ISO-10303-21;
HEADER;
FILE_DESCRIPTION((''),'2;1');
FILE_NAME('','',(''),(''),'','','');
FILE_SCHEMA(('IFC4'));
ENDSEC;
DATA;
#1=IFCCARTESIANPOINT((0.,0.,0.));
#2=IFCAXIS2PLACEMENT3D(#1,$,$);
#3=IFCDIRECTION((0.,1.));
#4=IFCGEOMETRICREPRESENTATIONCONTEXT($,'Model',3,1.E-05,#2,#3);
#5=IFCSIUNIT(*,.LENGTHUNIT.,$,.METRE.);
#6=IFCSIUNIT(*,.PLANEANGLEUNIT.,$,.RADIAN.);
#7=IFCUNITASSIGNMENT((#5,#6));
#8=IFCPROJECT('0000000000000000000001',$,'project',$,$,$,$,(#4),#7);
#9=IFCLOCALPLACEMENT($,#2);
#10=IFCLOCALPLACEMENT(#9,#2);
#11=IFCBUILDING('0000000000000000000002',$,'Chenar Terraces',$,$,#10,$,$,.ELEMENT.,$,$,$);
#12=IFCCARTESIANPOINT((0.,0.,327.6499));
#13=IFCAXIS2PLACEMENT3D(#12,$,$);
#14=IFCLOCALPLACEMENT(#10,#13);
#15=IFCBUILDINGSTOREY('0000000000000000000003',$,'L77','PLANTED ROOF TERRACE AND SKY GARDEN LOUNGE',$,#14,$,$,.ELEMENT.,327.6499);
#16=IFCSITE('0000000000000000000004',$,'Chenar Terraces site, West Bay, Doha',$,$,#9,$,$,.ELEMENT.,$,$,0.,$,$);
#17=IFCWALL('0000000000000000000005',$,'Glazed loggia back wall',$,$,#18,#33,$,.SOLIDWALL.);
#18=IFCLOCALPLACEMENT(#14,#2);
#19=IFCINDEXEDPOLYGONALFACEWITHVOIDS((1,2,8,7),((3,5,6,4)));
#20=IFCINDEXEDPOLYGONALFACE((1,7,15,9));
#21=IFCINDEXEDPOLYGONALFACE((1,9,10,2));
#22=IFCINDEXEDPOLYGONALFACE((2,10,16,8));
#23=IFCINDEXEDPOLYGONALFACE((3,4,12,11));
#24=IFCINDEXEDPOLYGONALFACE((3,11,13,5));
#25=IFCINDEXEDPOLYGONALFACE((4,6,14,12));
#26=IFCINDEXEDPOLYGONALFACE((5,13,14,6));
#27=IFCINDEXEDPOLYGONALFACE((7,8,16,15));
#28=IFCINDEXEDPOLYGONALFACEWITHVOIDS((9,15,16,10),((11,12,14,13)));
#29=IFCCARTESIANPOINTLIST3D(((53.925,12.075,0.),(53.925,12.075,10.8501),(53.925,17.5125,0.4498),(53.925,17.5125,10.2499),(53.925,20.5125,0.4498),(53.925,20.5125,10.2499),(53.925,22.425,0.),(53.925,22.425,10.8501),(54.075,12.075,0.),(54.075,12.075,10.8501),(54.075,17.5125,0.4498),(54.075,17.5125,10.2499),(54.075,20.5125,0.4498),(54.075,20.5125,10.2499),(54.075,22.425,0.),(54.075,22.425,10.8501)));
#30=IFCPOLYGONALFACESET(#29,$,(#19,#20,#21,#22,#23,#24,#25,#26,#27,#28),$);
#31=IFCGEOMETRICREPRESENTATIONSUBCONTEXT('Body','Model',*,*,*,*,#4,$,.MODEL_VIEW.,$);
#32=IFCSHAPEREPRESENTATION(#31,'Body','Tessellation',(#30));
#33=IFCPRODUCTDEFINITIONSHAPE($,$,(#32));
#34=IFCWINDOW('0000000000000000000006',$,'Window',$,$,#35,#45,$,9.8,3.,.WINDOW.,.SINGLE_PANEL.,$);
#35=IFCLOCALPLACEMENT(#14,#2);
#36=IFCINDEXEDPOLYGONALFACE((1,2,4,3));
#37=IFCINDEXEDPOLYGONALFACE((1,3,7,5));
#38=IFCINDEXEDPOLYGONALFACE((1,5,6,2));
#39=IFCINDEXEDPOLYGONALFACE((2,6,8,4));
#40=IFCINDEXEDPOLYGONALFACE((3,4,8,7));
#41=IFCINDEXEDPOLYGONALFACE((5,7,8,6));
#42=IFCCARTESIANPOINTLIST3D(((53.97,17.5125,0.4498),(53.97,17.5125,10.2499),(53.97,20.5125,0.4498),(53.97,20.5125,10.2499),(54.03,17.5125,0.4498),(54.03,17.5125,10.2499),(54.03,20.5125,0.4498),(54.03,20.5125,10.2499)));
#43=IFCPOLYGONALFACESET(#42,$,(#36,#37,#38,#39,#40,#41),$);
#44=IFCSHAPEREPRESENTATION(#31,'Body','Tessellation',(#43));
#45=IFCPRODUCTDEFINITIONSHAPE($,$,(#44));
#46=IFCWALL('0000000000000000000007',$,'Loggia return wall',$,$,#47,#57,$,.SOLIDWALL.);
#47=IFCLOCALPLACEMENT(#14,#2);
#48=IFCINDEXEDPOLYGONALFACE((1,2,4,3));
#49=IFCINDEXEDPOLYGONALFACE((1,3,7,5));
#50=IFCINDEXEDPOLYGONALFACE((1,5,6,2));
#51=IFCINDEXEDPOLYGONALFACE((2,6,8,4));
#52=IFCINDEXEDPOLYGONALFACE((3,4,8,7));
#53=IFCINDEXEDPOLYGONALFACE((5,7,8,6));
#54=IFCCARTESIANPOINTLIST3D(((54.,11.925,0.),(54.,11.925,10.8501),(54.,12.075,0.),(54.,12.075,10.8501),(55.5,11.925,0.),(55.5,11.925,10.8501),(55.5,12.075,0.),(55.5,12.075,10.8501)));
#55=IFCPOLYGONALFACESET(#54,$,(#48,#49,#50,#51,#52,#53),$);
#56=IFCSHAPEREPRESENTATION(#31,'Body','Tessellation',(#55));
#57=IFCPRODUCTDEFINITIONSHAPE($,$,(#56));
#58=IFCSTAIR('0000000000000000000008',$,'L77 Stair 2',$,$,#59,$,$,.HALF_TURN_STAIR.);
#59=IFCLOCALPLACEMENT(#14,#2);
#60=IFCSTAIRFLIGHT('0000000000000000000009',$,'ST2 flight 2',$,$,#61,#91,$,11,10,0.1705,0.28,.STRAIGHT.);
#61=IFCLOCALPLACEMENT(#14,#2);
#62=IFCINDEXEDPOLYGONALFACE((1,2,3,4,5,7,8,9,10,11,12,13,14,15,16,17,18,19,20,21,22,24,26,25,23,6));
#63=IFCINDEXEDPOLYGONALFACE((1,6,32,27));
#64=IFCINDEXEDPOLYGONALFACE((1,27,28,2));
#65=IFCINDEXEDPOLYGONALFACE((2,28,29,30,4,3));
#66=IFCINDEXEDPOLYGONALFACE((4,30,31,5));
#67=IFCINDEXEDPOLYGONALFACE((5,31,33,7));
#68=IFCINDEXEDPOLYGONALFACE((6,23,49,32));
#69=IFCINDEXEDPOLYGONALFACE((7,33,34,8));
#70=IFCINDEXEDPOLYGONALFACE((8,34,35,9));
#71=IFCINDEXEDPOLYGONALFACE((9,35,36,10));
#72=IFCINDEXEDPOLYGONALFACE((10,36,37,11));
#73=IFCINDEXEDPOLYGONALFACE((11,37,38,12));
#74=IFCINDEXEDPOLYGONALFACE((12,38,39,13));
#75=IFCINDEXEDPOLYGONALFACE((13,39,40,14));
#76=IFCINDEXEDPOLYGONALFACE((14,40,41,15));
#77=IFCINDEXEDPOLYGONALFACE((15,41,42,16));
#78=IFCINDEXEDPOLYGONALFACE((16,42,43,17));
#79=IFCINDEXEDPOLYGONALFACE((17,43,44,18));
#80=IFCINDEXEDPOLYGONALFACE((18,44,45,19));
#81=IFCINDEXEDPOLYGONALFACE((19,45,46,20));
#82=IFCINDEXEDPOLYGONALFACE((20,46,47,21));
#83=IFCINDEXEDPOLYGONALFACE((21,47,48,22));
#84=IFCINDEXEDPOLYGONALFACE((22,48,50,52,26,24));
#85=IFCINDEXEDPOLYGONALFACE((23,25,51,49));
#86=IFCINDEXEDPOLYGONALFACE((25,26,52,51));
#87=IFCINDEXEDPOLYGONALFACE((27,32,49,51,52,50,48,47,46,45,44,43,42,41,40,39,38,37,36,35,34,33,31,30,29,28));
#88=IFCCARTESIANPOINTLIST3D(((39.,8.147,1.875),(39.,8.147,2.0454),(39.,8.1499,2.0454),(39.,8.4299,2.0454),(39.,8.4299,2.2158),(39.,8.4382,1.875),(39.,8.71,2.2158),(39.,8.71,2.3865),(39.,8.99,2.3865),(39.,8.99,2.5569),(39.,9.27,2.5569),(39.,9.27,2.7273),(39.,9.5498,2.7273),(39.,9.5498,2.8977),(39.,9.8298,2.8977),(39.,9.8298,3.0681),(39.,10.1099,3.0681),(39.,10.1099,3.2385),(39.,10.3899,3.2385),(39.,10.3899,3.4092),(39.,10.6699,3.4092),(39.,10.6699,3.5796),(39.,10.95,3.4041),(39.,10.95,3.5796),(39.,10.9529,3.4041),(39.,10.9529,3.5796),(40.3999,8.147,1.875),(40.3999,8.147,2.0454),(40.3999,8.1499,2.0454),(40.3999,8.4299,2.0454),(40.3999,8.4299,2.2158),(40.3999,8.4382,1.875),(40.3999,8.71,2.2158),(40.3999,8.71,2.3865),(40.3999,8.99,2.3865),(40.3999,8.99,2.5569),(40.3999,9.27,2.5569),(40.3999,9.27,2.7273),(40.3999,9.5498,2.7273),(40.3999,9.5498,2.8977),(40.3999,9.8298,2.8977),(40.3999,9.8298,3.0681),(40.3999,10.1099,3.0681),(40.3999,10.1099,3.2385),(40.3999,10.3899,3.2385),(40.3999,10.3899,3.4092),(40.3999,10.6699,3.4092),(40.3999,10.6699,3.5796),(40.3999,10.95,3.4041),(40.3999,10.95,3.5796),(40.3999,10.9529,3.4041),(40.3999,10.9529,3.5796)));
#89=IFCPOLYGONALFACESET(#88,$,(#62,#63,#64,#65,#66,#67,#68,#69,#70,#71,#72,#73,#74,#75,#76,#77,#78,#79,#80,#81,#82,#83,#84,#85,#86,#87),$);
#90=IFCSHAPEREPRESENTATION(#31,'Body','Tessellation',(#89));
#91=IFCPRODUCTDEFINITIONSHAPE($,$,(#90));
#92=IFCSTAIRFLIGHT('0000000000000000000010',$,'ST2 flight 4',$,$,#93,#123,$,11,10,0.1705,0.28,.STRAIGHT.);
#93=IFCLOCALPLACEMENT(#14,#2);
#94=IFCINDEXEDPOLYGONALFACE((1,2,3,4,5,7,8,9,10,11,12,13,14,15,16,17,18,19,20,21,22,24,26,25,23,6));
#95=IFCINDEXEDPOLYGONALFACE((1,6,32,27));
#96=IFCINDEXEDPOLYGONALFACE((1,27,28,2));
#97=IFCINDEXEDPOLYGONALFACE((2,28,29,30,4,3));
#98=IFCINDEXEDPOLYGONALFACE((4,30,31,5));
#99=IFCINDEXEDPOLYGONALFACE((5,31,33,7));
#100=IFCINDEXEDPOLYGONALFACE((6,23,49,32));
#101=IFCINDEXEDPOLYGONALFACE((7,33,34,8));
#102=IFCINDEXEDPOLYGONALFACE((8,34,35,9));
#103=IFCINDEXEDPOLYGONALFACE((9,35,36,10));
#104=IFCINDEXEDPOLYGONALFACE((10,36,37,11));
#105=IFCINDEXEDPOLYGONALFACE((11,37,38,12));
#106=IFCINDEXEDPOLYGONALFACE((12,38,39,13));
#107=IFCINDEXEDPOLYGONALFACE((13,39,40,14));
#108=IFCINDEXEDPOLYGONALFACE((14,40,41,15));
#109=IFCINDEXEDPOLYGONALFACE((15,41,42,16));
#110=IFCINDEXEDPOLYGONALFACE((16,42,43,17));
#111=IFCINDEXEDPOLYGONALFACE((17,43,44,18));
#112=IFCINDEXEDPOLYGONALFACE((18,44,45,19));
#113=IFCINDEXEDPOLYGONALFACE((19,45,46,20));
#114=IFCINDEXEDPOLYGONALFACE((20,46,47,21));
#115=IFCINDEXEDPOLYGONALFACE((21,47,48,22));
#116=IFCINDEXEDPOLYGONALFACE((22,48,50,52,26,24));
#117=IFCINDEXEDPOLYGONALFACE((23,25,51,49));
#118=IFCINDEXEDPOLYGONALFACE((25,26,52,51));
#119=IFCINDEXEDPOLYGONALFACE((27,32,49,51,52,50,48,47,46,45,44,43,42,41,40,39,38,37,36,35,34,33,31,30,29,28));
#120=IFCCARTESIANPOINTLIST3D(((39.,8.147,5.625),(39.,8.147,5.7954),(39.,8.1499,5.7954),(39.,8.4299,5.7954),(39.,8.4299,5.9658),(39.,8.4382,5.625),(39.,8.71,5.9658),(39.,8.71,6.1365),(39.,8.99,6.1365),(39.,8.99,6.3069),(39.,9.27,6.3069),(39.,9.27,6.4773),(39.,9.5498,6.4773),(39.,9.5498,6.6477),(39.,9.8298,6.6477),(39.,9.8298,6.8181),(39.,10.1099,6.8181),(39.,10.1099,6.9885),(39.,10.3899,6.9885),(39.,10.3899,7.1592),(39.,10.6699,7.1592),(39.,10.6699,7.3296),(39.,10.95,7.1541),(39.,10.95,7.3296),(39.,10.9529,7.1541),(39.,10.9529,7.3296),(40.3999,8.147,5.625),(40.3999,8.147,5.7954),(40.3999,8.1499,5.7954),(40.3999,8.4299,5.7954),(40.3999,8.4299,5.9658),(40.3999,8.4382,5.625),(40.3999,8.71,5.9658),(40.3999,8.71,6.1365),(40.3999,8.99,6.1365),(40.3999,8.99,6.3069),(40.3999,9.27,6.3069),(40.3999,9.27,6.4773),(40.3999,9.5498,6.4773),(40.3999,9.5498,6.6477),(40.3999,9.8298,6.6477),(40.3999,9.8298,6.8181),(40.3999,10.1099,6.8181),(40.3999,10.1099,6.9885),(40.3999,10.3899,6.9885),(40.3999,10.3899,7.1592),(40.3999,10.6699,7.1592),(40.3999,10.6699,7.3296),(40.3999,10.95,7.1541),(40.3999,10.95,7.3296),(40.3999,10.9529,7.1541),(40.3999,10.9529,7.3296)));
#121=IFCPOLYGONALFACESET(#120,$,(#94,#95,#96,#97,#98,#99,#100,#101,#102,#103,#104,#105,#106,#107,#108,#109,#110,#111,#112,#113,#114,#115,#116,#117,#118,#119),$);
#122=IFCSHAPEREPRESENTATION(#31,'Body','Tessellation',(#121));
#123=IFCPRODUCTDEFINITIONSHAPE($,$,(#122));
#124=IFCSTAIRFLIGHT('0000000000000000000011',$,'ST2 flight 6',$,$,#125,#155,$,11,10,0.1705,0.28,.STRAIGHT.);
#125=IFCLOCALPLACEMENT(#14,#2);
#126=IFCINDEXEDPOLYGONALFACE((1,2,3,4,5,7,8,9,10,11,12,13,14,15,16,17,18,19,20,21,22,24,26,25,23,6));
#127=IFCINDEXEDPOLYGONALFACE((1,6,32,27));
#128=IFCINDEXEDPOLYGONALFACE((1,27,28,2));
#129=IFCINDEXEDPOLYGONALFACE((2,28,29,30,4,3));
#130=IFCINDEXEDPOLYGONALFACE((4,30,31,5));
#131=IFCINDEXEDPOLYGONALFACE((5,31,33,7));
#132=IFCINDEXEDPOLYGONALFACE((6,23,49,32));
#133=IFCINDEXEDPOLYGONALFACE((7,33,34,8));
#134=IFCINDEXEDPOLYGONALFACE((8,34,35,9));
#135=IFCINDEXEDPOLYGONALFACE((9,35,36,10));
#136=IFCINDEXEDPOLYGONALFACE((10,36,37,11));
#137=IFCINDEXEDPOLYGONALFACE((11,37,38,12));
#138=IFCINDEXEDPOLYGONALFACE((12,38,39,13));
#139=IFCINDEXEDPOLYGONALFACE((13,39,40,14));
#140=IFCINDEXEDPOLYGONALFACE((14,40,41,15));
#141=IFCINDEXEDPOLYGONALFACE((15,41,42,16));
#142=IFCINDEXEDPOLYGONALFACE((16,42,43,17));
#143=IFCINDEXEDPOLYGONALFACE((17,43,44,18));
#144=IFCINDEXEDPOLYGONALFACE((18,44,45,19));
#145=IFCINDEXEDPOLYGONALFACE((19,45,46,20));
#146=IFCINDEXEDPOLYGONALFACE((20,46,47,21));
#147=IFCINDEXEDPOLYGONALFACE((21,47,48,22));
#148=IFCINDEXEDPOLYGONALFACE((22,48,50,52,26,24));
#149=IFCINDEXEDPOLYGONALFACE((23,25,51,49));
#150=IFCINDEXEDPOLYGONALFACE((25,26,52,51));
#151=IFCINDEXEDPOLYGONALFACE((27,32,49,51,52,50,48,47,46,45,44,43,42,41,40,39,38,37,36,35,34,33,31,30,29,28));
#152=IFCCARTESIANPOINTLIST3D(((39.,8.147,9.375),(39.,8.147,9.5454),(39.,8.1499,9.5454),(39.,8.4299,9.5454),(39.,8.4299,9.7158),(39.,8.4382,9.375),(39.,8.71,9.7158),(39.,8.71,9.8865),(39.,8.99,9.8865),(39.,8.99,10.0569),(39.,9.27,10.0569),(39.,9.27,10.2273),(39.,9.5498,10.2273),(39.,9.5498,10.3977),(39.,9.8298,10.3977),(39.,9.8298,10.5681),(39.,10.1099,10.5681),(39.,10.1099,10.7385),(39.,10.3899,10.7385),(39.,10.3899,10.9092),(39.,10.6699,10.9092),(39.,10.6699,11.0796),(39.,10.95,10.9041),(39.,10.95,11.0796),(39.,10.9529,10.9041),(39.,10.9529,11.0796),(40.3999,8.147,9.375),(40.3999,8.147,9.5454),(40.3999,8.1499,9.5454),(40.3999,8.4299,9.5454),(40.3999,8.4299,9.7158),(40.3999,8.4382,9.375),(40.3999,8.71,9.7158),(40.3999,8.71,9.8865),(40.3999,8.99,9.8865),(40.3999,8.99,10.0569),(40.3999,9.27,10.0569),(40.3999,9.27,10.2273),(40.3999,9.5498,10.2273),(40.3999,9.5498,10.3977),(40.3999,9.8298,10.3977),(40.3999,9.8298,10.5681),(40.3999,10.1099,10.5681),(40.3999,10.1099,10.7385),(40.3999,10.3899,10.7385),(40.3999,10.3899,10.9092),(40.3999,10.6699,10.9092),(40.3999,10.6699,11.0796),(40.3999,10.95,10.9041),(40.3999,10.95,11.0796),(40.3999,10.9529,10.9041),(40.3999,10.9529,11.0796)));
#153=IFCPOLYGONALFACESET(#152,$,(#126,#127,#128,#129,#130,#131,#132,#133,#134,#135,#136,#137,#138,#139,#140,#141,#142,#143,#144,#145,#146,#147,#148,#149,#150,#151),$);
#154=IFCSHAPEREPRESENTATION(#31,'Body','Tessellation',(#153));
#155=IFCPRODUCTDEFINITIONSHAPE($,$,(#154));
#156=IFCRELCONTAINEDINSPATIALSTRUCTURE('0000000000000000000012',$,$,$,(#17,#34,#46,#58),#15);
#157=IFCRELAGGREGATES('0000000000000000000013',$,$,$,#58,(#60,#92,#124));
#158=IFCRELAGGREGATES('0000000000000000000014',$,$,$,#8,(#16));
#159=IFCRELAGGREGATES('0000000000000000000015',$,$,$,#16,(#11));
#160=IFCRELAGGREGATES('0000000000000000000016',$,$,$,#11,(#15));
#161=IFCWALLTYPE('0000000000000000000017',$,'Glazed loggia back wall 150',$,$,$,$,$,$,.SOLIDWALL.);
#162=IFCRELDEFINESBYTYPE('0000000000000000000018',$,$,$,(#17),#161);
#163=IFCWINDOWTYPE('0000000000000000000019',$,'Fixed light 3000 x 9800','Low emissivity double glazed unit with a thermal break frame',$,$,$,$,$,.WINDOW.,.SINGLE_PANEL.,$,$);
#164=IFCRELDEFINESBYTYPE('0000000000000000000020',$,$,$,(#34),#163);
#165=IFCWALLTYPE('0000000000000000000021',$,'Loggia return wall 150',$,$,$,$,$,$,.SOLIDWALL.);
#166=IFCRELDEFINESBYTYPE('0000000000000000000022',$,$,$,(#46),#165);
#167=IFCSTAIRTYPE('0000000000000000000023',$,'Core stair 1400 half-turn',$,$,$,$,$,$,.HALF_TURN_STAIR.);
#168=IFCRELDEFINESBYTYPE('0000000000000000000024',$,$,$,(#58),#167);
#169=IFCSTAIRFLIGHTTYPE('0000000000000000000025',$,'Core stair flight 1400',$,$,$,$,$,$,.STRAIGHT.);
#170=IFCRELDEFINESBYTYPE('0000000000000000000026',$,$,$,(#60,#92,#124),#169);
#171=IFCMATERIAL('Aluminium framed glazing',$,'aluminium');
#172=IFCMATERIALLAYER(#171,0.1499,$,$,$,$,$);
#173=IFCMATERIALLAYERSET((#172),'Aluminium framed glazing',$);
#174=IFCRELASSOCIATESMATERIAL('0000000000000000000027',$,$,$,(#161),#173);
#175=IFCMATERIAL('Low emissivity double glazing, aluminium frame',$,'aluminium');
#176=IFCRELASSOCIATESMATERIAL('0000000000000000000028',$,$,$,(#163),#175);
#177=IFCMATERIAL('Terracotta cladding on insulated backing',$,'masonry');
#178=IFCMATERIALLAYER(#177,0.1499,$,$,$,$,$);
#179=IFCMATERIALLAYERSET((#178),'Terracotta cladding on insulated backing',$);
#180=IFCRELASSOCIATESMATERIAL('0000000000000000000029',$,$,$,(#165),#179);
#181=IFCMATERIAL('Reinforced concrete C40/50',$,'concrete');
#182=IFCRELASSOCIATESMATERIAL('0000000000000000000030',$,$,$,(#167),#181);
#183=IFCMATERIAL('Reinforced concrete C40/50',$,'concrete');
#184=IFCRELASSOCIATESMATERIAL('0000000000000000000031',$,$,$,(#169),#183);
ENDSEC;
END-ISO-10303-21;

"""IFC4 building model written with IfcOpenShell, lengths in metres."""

from ifc_helpers import new_model, si_unit, direction, frame, frame_2d, origin, place, context, subcontext, project, spatial, polyline, rectangle, outline, extrude, material, layer, layer_set, type_object, element, fill, aggregate, save


model = new_model("IFC4")

# Units and contexts
model_context = context("Model", 3, precision=1e-05, world=origin(), true_north=direction((0.0, 1.0)))
body_context = subcontext(model_context, "Body", "Model", "MODEL_VIEW")
ifc_project = project(units=[si_unit("LENGTHUNIT", "METRE"), si_unit("PLANEANGLEUNIT", "RADIAN")], contexts=[model_context])

# Site, building, storey
site_placement = place(None, origin())
site = spatial("IfcSite", under=ifc_project, at=site_placement, Name="Chenar Terraces site, West Bay, Doha", CompositionType="ELEMENT", RefElevation=0.0)
building_placement = place(site_placement, origin())
building = spatial("IfcBuilding", under=site, at=building_placement, Name="Chenar Terraces", CompositionType="ELEMENT")
storey_placement = place(building_placement, frame((0.0, 0.0, 327.6499)))
storey = spatial("IfcBuildingStorey", under=building, at=storey_placement, Name="L77", Description="PLANTED ROOF TERRACE AND SKY GARDEN LOUNGE", CompositionType="ELEMENT", Elevation=327.6499)

# Shared definitions
placement = place(storey_placement, origin())

# Wall, opening, window
ifc_material_1 = material(Name="Aluminium framed glazing", Category="aluminium")
ifc_layer_1 = layer(ifc_material_1, 0.1499)
ifc_layer_set_1 = layer_set([ifc_layer_1], Name="Aluminium framed glazing")
wall_type_1 = type_object("IfcWallType", Name="Glazed loggia back wall 150", PredefinedType="SOLIDWALL", material=ifc_layer_set_1)
wall_1_placement = place(storey_placement, frame((54.0, 12.075, 0.0), z_axis=(0.0, 0.0, 1.0), x_axis=(0.0, 1.0, 0.0)))
wall_1 = element("IfcWall", 1, at=wall_1_placement, inside=storey, type_object=wall_type_1, Name="Glazed loggia back wall", PredefinedType="SOLIDWALL", context=body_context, shape_type="SweptSolid", body=[
    extrude(rectangle(XDim=10.3501, YDim=0.1499, at=frame_2d((5.175, 0.0))), origin(), (0.0, 0.0, 1.0), 10.8501),
])
opening_1_placement = place(wall_1_placement, frame((5.4375, 0.0, 0.45)))
opening_1 = element("IfcOpeningElement", 2, at=opening_1_placement, cuts=wall_1, PredefinedType="OPENING", context=body_context, shape_type="SweptSolid", body=[
    extrude(rectangle(XDim=3.0, YDim=9.8, at=frame_2d((1.5, 4.8999))), frame((0.0, 0.085, 0.0), z_axis=(0.0, -1.0, 0.0), x_axis=(1.0, 0.0, 0.0)), (0.0, 0.0, 1.0), 0.1699),
])
ifc_material_2 = material(Name="Low emissivity double glazing, aluminium frame", Category="aluminium")
window_type = type_object("IfcWindowType", Name="Fixed light 3000 x 9800", Description="Low emissivity double glazed unit with a thermal break frame", PartitioningType="SINGLE_PANEL", PredefinedType="WINDOW", material=ifc_material_2)
window_placement = place(opening_1_placement, origin())
window = element("IfcWindow", 3, at=window_placement, inside=storey, type_object=window_type, Name="Window", OverallHeight=9.8, OverallWidth=3.0, PartitioningType="SINGLE_PANEL", PredefinedType="WINDOW", context=body_context, shape_type="SweptSolid", body=[
    extrude(rectangle(XDim=3.0, YDim=9.8, at=frame_2d((1.5, 4.8999))), frame((0.0, 0.03, 0.0), z_axis=(0.0, -1.0, 0.0), x_axis=(1.0, 0.0, 0.0)), (0.0, 0.0, 1.0), 0.0601),
])
fill(opening_1, window)

# Wall
ifc_material_3 = material(Name="Terracotta cladding on insulated backing", Category="masonry")
ifc_layer_2 = layer(ifc_material_3, 0.1499)
ifc_layer_set_2 = layer_set([ifc_layer_2], Name="Terracotta cladding on insulated backing")
wall_type_2 = type_object("IfcWallType", Name="Loggia return wall 150", PredefinedType="SOLIDWALL", material=ifc_layer_set_2)
wall_2_placement = place(storey_placement, frame((55.5, 12.0, 0.0), z_axis=(0.0, 0.0, 1.0), x_axis=(-1.0, 0.0, 0.0)))
element("IfcWall", 4, at=wall_2_placement, inside=storey, type_object=wall_type_2, Name="Loggia return wall", PredefinedType="SOLIDWALL", context=body_context, shape_type="SweptSolid", body=[
    extrude(rectangle(XDim=1.5, YDim=0.1499, at=frame_2d((0.75, 0.0))), origin(), (0.0, 0.0, 1.0), 10.8501),
])

# Stair, stair flights
ifc_material_4 = material(Name="Reinforced concrete C40/50", Category="concrete")
stair_type = type_object("IfcStairType", Name="Core stair 1400 half-turn", PredefinedType="HALF_TURN_STAIR", material=ifc_material_4)
stair = element("IfcStair", 5, at=placement, inside=storey, type_object=stair_type, Name="L77 Stair 2", PredefinedType="HALF_TURN_STAIR")
ifc_material_5 = material(Name="Reinforced concrete C40/50", Category="concrete")
stair_flight_type = type_object("IfcStairFlightType", Name="Core stair flight 1400", PredefinedType="STRAIGHT", material=ifc_material_5)
stair_flight_1_placement = place(storey_placement, frame((39.7, 8.1499, 1.875), z_axis=(0.0, 0.0, 1.0), x_axis=(0.0, 1.0, 0.0)))
stair_flight_1 = element("IfcStairFlight", 6, at=stair_flight_1_placement, type_object=stair_flight_type, Name="ST2 flight 2", NumberOfRisers=11, NumberOfTreads=10, PredefinedType="STRAIGHT", RiserHeight=0.1705, TreadLength=0.28, context=body_context, shape_type="SweptSolid", body=[
    extrude(outline(polyline([(-0.0029, 0.0), (-0.0029, 0.1704), (0.0, 0.1704), (0.28, 0.1704), (0.28, 0.3408), (0.5601, 0.3408), (0.5601, 0.5115), (0.8401, 0.5115), (0.8401, 0.6819), (1.1201, 0.6819), (1.1201, 0.8523), (1.3999, 0.8523), (1.3999, 1.0227), (1.6799, 1.0227), (1.6799, 1.1931), (1.96, 1.1931), (1.96, 1.3635), (2.24, 1.3635), (2.24, 1.5342), (2.52, 1.5342), (2.52, 1.7046), (2.8, 1.7046), (2.803, 1.7046), (2.803, 1.5291), (2.8, 1.5291), (0.2883, 0.0), (-0.0029, 0.0)])), frame((0.0, 0.7, 0.0), z_axis=(0.0, -1.0, 0.0), x_axis=(1.0, 0.0, 0.0)), (0.0, 0.0, 1.0), 1.3999),
])
stair_flight_2_placement = place(storey_placement, frame((39.7, 8.1499, 5.625), z_axis=(0.0, 0.0, 1.0), x_axis=(0.0, 1.0, 0.0)))
stair_flight_2 = element("IfcStairFlight", 7, at=stair_flight_2_placement, type_object=stair_flight_type, Name="ST2 flight 4", NumberOfRisers=11, NumberOfTreads=10, PredefinedType="STRAIGHT", RiserHeight=0.1705, TreadLength=0.28, context=body_context, shape_type="SweptSolid", body=[
    extrude(outline(polyline([(-0.0029, 0.0), (-0.0029, 0.1704), (0.0, 0.1704), (0.28, 0.1704), (0.28, 0.3408), (0.5601, 0.3408), (0.5601, 0.5115), (0.8401, 0.5115), (0.8401, 0.6819), (1.1201, 0.6819), (1.1201, 0.8523), (1.3999, 0.8523), (1.3999, 1.0227), (1.6799, 1.0227), (1.6799, 1.1931), (1.96, 1.1931), (1.96, 1.3635), (2.24, 1.3635), (2.24, 1.5342), (2.52, 1.5342), (2.52, 1.7046), (2.8, 1.7046), (2.803, 1.7046), (2.803, 1.5291), (2.8, 1.5291), (0.2883, 0.0), (-0.0029, 0.0)])), frame((0.0, 0.7, 0.0), z_axis=(0.0, -1.0, 0.0), x_axis=(1.0, 0.0, 0.0)), (0.0, 0.0, 1.0), 1.3999),
])
stair_flight_3_placement = place(storey_placement, frame((39.7, 8.1499, 9.375), z_axis=(0.0, 0.0, 1.0), x_axis=(0.0, 1.0, 0.0)))
stair_flight_3 = element("IfcStairFlight", 8, at=stair_flight_3_placement, type_object=stair_flight_type, Name="ST2 flight 6", NumberOfRisers=11, NumberOfTreads=10, PredefinedType="STRAIGHT", RiserHeight=0.1705, TreadLength=0.28, context=body_context, shape_type="SweptSolid", body=[
    extrude(outline(polyline([(-0.0029, 0.0), (-0.0029, 0.1704), (0.0, 0.1704), (0.28, 0.1704), (0.28, 0.3408), (0.5601, 0.3408), (0.5601, 0.5115), (0.8401, 0.5115), (0.8401, 0.6819), (1.1201, 0.6819), (1.1201, 0.8523), (1.3999, 0.8523), (1.3999, 1.0227), (1.6799, 1.0227), (1.6799, 1.1931), (1.96, 1.1931), (1.96, 1.3635), (2.24, 1.3635), (2.24, 1.5342), (2.52, 1.5342), (2.52, 1.7046), (2.8, 1.7046), (2.803, 1.7046), (2.803, 1.5291), (2.8, 1.5291), (0.2883, 0.0), (-0.0029, 0.0)])), frame((0.0, 0.7, 0.0), z_axis=(0.0, -1.0, 0.0), x_axis=(1.0, 0.0, 0.0)), (0.0, 0.0, 1.0), 1.3999),
])
aggregate(stair, [stair_flight_1, stair_flight_2, stair_flight_3])

save(model, "model.ifc")
